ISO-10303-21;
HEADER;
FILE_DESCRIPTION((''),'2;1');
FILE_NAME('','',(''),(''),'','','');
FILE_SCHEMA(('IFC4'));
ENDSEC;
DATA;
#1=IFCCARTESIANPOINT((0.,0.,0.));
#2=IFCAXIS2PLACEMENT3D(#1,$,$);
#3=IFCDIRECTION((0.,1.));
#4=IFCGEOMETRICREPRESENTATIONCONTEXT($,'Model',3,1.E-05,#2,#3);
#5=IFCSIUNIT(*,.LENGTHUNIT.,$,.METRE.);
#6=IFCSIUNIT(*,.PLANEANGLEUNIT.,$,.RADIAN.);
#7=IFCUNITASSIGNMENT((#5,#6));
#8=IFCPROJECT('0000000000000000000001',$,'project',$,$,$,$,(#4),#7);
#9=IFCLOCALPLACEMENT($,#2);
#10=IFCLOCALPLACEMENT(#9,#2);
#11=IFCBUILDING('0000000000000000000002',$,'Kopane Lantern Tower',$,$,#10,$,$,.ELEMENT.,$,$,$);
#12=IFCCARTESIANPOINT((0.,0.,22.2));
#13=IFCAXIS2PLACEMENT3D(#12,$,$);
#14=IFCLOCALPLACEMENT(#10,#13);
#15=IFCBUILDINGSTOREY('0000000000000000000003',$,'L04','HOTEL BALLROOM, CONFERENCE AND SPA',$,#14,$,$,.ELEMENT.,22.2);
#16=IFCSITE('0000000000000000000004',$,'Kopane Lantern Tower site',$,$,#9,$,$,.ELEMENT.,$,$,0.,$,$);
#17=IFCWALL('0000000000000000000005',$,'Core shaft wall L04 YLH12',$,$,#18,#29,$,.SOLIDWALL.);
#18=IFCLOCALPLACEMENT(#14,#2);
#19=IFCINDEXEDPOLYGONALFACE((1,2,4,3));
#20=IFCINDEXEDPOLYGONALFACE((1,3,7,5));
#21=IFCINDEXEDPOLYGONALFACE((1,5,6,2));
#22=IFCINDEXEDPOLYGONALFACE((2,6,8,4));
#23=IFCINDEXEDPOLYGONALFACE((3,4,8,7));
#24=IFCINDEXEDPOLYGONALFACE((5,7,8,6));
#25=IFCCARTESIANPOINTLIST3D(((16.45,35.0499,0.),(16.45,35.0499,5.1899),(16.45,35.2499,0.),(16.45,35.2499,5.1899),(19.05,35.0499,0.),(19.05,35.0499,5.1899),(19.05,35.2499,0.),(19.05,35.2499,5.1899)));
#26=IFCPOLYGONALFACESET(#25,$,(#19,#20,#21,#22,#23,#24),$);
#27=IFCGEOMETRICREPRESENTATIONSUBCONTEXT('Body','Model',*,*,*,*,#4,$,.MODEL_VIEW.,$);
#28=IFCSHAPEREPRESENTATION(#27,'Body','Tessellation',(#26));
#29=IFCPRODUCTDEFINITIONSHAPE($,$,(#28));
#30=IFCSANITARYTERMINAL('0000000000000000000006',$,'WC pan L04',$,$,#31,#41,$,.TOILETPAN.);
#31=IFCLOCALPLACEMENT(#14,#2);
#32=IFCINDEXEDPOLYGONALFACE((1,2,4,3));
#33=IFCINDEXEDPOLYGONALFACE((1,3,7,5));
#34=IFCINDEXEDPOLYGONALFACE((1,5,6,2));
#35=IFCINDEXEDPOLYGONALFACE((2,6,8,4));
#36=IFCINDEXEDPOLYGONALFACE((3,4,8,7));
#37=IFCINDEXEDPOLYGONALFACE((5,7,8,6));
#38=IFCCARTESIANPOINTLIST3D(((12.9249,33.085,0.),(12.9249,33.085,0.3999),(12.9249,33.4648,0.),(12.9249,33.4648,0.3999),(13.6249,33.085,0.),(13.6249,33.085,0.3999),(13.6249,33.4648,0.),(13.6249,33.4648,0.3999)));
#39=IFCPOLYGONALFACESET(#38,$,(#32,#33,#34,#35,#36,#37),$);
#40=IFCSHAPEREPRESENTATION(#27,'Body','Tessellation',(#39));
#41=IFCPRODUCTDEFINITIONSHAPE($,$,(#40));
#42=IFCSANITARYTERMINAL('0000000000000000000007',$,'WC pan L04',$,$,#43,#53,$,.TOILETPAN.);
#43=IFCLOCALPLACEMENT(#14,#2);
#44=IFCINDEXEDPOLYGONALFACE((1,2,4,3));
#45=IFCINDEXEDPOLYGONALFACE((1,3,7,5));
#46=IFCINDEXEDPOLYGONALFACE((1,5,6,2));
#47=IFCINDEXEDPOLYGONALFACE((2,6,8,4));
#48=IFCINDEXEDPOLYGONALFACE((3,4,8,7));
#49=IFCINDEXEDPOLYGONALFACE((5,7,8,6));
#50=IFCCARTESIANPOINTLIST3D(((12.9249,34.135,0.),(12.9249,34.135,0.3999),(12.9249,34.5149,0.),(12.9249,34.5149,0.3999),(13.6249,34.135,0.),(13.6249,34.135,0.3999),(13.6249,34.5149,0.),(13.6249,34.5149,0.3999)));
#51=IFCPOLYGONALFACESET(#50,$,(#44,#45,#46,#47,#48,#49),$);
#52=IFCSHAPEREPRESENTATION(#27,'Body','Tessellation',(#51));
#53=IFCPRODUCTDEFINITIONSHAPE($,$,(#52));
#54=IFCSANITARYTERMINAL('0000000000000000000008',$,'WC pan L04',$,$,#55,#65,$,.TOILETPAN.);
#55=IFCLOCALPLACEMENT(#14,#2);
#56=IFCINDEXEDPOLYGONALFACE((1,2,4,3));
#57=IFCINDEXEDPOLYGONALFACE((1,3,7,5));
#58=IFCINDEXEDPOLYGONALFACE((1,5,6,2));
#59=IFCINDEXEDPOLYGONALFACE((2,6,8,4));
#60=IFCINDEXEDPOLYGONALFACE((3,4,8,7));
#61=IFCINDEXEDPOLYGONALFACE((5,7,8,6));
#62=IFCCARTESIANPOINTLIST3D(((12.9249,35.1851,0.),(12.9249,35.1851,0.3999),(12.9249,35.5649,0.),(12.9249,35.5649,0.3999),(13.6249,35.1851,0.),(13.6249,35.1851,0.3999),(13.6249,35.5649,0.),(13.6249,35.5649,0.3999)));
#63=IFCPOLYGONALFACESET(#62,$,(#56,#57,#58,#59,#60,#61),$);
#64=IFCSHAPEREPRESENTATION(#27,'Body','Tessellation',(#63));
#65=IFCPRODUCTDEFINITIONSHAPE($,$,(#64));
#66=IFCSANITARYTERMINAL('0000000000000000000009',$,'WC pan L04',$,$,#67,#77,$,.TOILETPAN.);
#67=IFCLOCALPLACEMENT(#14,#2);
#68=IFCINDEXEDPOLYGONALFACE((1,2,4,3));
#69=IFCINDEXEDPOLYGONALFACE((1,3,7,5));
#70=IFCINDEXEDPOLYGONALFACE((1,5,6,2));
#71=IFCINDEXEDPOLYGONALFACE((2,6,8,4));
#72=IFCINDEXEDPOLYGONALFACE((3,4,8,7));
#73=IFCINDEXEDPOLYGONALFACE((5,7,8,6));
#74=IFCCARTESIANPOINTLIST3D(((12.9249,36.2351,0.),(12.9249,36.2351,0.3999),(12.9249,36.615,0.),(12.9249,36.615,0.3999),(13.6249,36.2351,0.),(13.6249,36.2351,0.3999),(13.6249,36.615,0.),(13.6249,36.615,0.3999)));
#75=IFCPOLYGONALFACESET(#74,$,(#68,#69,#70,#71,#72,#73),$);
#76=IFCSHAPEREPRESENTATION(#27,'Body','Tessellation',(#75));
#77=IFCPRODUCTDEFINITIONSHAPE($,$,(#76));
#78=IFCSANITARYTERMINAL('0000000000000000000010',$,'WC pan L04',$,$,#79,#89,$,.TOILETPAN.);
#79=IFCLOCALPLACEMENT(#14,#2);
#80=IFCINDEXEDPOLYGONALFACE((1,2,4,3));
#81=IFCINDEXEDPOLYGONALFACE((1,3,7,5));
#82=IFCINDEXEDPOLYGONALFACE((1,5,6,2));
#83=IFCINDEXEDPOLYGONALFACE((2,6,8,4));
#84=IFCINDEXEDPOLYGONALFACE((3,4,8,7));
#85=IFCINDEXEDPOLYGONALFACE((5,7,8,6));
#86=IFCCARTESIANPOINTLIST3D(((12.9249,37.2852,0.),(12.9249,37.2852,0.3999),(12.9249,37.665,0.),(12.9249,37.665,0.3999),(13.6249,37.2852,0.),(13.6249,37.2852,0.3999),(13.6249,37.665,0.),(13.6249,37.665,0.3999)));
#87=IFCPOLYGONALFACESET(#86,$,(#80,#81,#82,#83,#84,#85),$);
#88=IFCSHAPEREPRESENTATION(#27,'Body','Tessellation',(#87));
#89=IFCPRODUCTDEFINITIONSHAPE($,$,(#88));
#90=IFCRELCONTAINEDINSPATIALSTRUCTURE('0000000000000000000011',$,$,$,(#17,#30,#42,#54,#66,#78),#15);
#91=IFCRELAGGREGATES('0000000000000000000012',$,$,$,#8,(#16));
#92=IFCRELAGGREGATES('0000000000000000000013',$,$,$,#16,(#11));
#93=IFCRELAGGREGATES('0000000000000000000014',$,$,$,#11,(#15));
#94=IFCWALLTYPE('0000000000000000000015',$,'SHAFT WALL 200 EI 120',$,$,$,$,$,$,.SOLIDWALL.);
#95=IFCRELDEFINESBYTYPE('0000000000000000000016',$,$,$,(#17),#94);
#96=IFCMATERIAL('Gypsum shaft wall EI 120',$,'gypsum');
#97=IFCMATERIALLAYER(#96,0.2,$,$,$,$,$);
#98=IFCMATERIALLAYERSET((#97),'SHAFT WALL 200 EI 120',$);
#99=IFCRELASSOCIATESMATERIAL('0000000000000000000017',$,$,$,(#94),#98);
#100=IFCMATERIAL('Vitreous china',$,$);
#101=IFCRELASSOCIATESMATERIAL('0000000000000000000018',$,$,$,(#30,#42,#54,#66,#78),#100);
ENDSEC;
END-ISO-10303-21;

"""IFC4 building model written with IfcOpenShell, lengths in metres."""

from ifc_helpers import new_model, si_unit, direction, frame, frame_2d, origin, origin_2d, place, context, subcontext, project, spatial, rectangle, extrude, material, layer, layer_set, type_object, element, save


model = new_model("IFC4")

# Units and contexts
model_context = context("Model", 3, precision=1e-05, world=origin(), true_north=direction((0.0, 1.0)))
body_context = subcontext(model_context, "Body", "Model", "MODEL_VIEW")
ifc_project = project(units=[si_unit("LENGTHUNIT", "METRE"), si_unit("PLANEANGLEUNIT", "RADIAN")], contexts=[model_context])

# Site, building, storey
site_placement = place(None, origin())
site = spatial("IfcSite", under=ifc_project, at=site_placement, Name="Kopane Lantern Tower site", CompositionType="ELEMENT", RefElevation=0.0)
building_placement = place(site_placement, origin())
building = spatial("IfcBuilding", under=site, at=building_placement, Name="Kopane Lantern Tower", CompositionType="ELEMENT")
storey_placement = place(building_placement, frame((0.0, 0.0, 22.2)))
storey = spatial("IfcBuildingStorey", under=building, at=storey_placement, Name="L04", Description="HOTEL BALLROOM, CONFERENCE AND SPA", CompositionType="ELEMENT", Elevation=22.2)

# Wall
ifc_material_1 = material(Name="Gypsum shaft wall EI 120", Category="gypsum")
ifc_layer_1 = layer(ifc_material_1, 0.2)
ifc_layer_set_1 = layer_set([ifc_layer_1], Name="SHAFT WALL 200 EI 120")
wall_type_1 = type_object("IfcWallType", Name="SHAFT WALL 200 EI 120", PredefinedType="SOLIDWALL", material=ifc_layer_set_1)
wall_1_placement = place(storey_placement, frame((16.45, 35.1499, 0.0), z_axis=(0.0, 0.0, 1.0), x_axis=(1.0, 0.0, 0.0)))
element("IfcWall", 1, at=wall_1_placement, inside=storey, type_object=wall_type_1, Name="Core shaft wall L04 YLH12", PredefinedType="SOLIDWALL", context=body_context, shape_type="SweptSolid", body=[
    extrude(rectangle(XDim=2.6001, YDim=0.2, at=frame_2d((1.3, 0.0))), origin(), (0.0, 0.0, 1.0), 5.1899),
])

# Sanitary terminals
ifc_material_2 = material(Name="Vitreous china")
for number, where, z_axis, x_axis, name in (
    (2, (13.2749, 33.2749, 0.0), (0.0, 0.0, 1.0), (1.0, 0.0, 0.0), "WC pan L04"),
    (3, (13.2749, 34.325, 0.0), (0.0, 0.0, 1.0), (1.0, 0.0, 0.0), "WC pan L04"),
    (4, (13.2749, 35.375, 0.0), (0.0, 0.0, 1.0), (1.0, 0.0, 0.0), "WC pan L04"),
    (5, (13.2749, 36.425, 0.0), (0.0, 0.0, 1.0), (1.0, 0.0, 0.0), "WC pan L04"),
    (6, (13.2749, 37.4751, 0.0), (0.0, 0.0, 1.0), (1.0, 0.0, 0.0), "WC pan L04"),
):
    element("IfcSanitaryTerminal", number, at=place(storey_placement, frame(where, z_axis=z_axis, x_axis=x_axis)), inside=storey, material=ifc_material_2, Name=name, PredefinedType="TOILETPAN", context=body_context, shape_type="SweptSolid", body=[
        extrude(rectangle(XDim=0.7, YDim=0.3799, at=origin_2d()), origin(), (0.0, 0.0, 1.0), 0.3999),
    ])

save(model, "model.ifc")
